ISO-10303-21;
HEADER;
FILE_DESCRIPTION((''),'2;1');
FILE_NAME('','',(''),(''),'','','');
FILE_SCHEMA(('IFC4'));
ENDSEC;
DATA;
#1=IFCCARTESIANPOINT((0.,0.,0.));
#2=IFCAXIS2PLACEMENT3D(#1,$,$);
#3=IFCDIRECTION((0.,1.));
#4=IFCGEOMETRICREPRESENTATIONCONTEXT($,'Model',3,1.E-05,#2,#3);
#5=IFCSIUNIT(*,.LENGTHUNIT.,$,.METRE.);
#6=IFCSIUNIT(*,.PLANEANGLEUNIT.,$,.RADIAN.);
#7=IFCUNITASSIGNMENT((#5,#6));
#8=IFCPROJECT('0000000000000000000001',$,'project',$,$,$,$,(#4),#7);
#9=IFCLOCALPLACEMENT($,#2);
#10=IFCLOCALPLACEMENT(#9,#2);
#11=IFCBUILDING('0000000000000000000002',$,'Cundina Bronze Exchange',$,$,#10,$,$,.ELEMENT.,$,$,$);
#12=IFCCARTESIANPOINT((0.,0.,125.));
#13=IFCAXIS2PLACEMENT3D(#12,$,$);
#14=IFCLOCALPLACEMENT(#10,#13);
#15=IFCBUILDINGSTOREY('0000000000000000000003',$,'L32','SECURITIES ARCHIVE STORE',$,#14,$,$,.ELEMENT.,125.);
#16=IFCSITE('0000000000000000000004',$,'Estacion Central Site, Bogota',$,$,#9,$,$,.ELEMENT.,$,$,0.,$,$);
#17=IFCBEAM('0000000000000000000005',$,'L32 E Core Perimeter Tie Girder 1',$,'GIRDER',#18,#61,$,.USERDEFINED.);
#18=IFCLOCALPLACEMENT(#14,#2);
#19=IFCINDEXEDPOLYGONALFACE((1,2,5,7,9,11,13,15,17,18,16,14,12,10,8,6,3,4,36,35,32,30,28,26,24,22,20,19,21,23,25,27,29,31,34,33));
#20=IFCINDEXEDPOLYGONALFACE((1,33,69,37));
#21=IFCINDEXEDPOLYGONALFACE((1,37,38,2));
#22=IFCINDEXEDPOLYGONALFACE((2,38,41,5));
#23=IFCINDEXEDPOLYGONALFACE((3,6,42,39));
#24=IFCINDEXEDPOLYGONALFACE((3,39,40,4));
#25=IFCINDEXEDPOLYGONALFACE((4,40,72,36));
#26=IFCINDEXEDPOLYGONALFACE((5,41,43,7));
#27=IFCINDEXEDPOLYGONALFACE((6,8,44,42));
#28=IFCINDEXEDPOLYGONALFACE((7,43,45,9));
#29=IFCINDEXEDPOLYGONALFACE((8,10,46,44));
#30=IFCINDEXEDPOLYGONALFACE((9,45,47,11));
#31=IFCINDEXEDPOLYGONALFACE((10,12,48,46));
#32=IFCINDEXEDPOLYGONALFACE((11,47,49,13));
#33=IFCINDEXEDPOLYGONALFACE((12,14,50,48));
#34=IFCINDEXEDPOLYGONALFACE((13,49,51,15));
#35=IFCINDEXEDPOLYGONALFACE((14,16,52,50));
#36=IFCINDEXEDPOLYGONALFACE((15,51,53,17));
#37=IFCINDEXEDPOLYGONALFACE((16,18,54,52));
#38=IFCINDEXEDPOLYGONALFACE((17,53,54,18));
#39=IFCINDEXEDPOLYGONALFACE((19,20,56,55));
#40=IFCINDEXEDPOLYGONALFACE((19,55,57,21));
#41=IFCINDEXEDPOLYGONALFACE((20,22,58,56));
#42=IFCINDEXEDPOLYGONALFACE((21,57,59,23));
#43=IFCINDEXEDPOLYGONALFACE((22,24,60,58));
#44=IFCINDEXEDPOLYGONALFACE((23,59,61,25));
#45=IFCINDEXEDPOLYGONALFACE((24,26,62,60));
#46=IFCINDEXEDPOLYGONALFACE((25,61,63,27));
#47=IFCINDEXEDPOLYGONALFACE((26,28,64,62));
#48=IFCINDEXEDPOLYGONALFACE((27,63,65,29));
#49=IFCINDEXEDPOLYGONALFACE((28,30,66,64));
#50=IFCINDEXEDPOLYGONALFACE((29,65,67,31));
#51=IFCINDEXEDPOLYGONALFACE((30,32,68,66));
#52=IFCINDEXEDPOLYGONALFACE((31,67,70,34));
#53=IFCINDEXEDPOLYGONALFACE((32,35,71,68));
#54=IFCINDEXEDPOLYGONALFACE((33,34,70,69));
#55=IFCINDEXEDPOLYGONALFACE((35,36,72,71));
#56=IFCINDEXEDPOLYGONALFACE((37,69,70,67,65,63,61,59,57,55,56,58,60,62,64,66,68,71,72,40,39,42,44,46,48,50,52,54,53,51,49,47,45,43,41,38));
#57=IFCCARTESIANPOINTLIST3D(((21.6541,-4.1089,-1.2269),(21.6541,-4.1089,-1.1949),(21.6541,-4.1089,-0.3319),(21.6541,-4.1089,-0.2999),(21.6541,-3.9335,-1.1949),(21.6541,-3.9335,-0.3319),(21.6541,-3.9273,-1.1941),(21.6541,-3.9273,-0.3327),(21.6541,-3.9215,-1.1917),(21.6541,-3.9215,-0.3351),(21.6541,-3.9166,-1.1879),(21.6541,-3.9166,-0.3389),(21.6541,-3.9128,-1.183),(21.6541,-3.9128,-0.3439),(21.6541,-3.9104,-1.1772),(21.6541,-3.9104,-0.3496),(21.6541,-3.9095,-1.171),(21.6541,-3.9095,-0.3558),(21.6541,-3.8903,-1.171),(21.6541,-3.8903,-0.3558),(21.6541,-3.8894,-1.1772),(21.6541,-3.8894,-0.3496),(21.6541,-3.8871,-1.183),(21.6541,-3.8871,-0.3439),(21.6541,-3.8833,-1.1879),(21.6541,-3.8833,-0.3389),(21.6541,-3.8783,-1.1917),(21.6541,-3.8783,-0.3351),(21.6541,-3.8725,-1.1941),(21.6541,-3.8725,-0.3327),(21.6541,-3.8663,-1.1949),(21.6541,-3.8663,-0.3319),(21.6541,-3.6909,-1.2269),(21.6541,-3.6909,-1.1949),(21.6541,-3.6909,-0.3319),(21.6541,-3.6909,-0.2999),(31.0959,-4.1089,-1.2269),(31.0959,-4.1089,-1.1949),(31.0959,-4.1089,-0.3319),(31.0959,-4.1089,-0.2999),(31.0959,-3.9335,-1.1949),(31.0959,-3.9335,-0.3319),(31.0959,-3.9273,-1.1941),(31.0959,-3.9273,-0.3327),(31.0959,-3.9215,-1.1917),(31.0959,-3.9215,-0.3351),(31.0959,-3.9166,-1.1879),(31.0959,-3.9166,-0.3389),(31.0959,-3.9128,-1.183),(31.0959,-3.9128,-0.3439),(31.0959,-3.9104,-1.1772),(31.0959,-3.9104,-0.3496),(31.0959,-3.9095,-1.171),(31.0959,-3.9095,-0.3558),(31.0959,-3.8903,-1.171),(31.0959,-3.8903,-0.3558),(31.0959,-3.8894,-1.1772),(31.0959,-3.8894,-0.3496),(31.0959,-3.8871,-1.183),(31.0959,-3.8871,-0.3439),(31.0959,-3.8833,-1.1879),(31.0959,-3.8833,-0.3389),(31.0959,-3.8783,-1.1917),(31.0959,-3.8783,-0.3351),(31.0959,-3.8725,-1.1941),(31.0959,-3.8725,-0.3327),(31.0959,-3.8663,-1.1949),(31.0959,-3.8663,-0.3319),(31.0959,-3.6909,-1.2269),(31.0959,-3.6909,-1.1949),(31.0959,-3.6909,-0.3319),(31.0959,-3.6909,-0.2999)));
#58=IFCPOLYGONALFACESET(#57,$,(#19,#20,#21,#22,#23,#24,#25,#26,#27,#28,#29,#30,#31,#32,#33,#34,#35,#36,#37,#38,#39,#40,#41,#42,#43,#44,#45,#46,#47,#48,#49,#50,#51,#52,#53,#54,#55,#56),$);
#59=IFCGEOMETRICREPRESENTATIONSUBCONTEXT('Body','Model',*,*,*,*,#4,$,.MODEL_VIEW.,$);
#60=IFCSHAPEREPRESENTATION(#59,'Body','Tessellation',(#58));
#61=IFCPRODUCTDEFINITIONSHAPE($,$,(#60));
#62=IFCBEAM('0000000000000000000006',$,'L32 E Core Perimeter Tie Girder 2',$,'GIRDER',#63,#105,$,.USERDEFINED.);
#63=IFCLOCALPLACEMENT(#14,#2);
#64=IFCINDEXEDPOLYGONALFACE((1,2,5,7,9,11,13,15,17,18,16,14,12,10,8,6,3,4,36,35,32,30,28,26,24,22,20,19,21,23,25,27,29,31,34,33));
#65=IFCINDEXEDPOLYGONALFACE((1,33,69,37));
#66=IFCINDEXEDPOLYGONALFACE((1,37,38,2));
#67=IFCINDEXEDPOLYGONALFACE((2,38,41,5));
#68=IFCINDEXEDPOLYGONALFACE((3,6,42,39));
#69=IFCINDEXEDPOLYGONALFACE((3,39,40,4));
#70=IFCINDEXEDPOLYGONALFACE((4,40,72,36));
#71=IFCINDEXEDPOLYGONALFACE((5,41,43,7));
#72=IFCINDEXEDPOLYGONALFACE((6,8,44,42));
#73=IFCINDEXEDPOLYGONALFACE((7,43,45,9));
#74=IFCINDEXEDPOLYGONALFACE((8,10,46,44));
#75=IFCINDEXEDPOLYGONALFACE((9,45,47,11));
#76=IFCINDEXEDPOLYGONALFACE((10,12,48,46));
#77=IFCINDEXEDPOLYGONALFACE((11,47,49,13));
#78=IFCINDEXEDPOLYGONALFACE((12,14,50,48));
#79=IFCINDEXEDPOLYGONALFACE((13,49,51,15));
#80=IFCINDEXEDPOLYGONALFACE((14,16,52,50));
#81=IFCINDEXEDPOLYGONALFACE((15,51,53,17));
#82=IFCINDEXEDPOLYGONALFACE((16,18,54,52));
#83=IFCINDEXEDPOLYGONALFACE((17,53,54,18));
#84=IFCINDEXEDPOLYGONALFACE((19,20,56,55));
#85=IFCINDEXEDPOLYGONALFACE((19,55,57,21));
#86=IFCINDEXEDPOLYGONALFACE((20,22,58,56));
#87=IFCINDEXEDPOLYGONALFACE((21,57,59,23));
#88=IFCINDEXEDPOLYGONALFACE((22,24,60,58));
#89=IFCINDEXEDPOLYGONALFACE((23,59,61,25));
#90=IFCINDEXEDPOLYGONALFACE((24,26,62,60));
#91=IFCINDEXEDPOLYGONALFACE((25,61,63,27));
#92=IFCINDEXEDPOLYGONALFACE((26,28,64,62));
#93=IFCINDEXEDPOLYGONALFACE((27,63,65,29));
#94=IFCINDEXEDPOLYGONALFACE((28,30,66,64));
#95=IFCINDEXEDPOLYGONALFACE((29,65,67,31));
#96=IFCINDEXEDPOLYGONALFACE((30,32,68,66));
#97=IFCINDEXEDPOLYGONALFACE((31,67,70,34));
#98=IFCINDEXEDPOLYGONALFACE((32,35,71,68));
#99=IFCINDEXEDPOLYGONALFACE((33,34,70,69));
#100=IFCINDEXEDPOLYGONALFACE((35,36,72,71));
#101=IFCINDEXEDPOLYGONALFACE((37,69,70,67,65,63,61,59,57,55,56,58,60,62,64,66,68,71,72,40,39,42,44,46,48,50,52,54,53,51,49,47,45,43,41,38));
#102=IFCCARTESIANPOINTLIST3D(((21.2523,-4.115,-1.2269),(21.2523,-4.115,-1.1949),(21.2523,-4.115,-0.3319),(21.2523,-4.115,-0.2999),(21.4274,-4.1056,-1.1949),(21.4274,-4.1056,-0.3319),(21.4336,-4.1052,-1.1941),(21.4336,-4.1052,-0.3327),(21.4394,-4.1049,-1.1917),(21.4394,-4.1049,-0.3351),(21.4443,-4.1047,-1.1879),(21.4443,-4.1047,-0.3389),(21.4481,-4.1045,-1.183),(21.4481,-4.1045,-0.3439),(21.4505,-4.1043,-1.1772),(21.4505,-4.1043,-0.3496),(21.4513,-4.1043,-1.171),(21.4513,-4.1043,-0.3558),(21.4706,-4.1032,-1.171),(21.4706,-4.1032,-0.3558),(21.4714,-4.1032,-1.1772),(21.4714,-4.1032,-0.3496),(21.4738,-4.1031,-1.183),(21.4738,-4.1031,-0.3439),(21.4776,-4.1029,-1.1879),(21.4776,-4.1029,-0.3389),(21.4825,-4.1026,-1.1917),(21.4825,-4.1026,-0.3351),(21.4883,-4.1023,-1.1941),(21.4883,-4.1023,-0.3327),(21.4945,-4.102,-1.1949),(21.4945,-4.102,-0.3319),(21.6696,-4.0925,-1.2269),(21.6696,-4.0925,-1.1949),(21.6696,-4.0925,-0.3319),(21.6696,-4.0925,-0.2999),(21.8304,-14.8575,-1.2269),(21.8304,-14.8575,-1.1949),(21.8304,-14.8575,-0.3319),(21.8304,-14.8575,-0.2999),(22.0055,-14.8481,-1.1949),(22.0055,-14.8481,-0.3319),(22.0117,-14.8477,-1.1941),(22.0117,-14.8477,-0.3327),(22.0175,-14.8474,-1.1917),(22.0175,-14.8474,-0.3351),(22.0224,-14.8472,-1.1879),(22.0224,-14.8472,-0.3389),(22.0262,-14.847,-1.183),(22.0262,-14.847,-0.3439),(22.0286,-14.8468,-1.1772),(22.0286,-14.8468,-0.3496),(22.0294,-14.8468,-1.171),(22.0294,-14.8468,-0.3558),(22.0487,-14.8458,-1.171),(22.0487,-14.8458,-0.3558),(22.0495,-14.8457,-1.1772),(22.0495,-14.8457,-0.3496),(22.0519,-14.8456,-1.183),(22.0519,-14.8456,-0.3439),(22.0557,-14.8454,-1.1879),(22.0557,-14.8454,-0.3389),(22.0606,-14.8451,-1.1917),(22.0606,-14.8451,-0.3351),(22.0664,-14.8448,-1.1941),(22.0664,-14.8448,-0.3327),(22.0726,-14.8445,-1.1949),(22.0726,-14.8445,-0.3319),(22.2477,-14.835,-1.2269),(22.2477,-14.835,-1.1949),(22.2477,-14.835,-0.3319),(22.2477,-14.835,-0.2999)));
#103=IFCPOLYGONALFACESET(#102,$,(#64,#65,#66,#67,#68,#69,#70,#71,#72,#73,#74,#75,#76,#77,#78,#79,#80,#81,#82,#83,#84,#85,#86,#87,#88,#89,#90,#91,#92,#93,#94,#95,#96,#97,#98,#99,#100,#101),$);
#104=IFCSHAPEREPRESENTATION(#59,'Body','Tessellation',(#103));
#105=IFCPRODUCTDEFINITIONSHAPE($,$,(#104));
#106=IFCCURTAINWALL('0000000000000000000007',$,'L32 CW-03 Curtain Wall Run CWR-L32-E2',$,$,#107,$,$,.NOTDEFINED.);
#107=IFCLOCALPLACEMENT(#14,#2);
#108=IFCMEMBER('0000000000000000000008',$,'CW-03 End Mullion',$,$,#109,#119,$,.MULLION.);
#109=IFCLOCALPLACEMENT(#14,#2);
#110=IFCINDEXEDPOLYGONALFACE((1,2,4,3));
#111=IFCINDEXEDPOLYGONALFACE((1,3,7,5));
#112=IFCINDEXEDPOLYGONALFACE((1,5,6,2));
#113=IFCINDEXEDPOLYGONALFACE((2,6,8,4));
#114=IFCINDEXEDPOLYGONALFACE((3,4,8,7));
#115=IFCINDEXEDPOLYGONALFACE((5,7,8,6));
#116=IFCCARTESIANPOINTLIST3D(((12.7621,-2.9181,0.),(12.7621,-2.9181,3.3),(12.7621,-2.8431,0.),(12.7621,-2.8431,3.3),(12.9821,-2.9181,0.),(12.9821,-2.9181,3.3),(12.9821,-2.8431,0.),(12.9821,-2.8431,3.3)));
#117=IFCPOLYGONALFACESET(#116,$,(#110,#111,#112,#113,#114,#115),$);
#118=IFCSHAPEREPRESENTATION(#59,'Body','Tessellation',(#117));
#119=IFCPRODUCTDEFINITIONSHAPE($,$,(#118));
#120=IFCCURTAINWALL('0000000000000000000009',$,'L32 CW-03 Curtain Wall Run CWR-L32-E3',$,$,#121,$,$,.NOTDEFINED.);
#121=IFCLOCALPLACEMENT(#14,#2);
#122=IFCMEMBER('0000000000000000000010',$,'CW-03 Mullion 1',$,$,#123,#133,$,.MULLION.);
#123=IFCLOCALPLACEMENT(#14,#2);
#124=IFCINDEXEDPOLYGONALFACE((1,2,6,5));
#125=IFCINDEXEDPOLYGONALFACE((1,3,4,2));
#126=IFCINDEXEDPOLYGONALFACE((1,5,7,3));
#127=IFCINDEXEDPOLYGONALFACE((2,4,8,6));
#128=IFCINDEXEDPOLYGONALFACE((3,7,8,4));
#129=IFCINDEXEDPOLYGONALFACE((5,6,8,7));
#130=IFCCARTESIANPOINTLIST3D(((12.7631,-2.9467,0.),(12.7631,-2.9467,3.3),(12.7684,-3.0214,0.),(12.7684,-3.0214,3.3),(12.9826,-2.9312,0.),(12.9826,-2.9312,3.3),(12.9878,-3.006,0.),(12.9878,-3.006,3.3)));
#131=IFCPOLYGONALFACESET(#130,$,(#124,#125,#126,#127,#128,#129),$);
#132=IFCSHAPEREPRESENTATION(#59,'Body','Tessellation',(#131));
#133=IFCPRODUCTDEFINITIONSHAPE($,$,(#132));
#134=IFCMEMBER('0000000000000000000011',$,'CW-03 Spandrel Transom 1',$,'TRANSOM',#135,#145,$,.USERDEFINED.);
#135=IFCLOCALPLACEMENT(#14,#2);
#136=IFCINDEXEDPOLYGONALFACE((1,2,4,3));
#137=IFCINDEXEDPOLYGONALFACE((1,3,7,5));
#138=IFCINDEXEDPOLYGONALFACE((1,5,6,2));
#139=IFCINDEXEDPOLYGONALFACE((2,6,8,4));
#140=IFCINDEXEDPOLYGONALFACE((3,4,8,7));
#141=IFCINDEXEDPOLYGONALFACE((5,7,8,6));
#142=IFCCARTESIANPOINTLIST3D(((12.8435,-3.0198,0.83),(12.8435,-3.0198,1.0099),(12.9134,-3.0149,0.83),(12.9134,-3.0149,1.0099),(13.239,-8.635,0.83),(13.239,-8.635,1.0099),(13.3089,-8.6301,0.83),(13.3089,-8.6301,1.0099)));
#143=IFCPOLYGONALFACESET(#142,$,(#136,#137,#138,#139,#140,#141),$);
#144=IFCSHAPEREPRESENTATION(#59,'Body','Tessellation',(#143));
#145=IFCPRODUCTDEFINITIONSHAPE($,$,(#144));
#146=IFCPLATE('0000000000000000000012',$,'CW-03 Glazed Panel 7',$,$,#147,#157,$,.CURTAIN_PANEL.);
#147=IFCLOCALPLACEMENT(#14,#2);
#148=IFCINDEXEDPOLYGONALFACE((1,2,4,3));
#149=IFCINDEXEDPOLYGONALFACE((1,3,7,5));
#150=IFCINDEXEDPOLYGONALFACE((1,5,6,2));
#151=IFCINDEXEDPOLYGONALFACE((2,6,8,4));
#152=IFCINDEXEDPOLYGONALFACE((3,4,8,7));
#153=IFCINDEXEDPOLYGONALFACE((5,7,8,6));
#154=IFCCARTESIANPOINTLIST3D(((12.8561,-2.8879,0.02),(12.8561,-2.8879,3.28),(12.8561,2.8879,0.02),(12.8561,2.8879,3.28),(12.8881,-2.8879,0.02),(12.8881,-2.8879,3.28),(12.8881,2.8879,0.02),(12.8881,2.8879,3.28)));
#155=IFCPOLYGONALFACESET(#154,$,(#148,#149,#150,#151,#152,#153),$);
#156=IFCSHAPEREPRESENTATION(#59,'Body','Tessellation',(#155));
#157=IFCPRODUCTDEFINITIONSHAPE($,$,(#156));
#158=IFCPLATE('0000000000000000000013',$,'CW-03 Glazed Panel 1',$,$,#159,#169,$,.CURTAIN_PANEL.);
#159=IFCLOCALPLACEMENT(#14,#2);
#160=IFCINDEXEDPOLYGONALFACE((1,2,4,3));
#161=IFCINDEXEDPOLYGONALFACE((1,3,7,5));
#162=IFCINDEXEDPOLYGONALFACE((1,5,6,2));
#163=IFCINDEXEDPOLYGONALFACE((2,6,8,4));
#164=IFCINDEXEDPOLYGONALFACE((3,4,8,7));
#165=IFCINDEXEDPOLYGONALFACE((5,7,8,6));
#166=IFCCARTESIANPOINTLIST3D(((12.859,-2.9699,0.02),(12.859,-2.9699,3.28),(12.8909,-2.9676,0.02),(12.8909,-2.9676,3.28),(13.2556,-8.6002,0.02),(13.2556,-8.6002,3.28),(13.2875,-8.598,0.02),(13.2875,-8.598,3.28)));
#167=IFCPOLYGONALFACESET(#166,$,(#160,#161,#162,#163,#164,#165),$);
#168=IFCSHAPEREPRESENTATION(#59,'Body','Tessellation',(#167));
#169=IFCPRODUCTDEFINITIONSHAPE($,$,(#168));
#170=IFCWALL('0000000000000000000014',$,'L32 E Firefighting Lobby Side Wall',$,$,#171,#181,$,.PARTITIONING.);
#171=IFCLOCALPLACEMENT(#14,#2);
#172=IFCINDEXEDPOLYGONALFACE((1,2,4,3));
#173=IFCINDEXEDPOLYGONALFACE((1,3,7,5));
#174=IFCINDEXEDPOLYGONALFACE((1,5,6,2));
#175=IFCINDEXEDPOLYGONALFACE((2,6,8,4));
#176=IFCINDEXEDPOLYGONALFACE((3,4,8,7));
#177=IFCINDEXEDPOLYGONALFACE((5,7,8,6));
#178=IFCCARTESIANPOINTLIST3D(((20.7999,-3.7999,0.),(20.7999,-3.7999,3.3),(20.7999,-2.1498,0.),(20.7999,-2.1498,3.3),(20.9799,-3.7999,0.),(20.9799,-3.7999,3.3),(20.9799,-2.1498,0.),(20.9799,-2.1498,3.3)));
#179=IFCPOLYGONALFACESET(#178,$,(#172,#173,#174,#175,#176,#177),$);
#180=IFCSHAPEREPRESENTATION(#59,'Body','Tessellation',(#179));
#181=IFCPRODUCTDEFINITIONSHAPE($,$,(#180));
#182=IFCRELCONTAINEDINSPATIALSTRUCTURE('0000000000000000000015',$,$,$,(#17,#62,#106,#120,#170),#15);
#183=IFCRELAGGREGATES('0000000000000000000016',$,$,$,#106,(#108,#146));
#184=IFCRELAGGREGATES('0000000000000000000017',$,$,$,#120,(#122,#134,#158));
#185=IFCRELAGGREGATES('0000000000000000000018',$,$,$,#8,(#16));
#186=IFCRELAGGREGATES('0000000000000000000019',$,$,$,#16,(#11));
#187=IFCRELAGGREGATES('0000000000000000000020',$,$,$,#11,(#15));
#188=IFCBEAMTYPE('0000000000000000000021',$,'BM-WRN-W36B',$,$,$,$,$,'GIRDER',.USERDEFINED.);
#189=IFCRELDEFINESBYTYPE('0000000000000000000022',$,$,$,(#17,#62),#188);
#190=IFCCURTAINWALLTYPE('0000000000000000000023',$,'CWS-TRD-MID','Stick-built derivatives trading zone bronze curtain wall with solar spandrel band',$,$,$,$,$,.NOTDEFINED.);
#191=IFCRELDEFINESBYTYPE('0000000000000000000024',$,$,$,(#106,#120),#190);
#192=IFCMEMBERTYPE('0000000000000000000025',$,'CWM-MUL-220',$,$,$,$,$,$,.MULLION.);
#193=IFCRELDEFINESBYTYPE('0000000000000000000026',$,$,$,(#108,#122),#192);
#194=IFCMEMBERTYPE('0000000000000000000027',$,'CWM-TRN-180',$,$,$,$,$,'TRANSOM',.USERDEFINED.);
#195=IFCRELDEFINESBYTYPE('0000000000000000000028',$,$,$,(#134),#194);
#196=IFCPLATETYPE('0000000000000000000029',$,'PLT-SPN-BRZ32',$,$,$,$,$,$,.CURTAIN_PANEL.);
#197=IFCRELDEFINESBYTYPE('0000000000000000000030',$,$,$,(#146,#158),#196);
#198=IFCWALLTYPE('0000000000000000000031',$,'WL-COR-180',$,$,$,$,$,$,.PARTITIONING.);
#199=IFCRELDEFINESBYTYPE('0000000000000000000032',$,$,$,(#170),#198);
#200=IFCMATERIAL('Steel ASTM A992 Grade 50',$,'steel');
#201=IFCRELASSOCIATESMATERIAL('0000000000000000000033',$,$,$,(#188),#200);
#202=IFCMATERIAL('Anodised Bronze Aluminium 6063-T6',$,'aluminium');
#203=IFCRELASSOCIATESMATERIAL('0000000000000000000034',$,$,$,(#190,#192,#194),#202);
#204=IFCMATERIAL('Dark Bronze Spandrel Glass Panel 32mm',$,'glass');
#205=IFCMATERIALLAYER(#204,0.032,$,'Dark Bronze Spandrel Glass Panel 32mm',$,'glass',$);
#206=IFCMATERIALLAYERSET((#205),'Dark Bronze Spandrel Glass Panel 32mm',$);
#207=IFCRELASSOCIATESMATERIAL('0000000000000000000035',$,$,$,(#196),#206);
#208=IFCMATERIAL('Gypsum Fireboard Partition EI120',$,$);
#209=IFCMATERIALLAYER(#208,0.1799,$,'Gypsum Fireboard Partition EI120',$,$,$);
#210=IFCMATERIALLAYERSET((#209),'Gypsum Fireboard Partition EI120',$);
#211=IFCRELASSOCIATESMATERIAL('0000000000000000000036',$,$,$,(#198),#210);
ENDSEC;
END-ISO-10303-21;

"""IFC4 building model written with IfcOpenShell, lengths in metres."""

from ifc_helpers import new_model, si_unit, direction, frame, frame_2d, origin, origin_2d, place, context, subcontext, project, spatial, rectangle, i_section, extrude, material, layer, layer_set, material_profile, profile_set, type_object, element, aggregate, save


model = new_model("IFC4")

# Units and contexts
model_context = context("Model", 3, precision=1e-05, world=origin(), true_north=direction((0.0, 1.0)))
body_context = subcontext(model_context, "Body", "Model", "MODEL_VIEW")
ifc_project = project(units=[si_unit("LENGTHUNIT", "METRE"), si_unit("PLANEANGLEUNIT", "RADIAN")], contexts=[model_context])

# Site, building, storey
site_placement = place(None, origin())
site = spatial("IfcSite", under=ifc_project, at=site_placement, Name="Estacion Central Site, Bogota", CompositionType="ELEMENT", RefElevation=0.0)
building_placement = place(site_placement, origin())
building = spatial("IfcBuilding", under=site, at=building_placement, Name="Cundina Bronze Exchange", CompositionType="ELEMENT")
storey_placement = place(building_placement, frame((0.0, 0.0, 125.0)))
storey = spatial("IfcBuildingStorey", under=building, at=storey_placement, Name="L32", Description="SECURITIES ARCHIVE STORE", CompositionType="ELEMENT", Elevation=125.0)

# Shared definitions
ifc_material_1 = material(Name="Steel ASTM A992 Grade 50", Category="steel")

# Beams
ifc_material_profile_1 = material_profile(ifc_material_1, i_section(OverallWidth=0.418, OverallDepth=0.927, WebThickness=0.0193, FlangeThickness=0.032, FilletRadius=0.0239, at=origin_2d()), Name="W36X231", Category="steel")
ifc_profile_set_1 = profile_set([ifc_material_profile_1], Name="Steel ASTM A992 Grade 50")
beam_type_1 = type_object("IfcBeamType", Name="BM-WRN-W36B", ElementType="GIRDER", PredefinedType="USERDEFINED", material=ifc_profile_set_1)
beam_1_placement = place(storey_placement, frame((31.0959, -3.8999, -0.7634), z_axis=(-1.0, 0.0, 0.0), x_axis=(0.0, -1.0, 0.0)))
element("IfcBeam", 1, at=beam_1_placement, inside=storey, type_object=beam_type_1, Name="L32 E Core Perimeter Tie Girder 1", ObjectType="GIRDER", PredefinedType="USERDEFINED", context=body_context, shape_type="SweptSolid", body=[
    extrude(i_section(OverallWidth=0.418, OverallDepth=0.927, WebThickness=0.0193, FlangeThickness=0.032, FilletRadius=0.0239, at=origin_2d()), origin(), (0.0, 0.0, 1.0), 9.4419),
])
beam_2_placement = place(storey_placement, frame((21.4609, -4.1038, -0.7634), z_axis=(0.053739, -0.998555, 0.0), x_axis=(0.998555, 0.053739, 0.0)))
element("IfcBeam", 2, at=beam_2_placement, inside=storey, type_object=beam_type_1, Name="L32 E Core Perimeter Tie Girder 2", ObjectType="GIRDER", PredefinedType="USERDEFINED", context=body_context, shape_type="SweptSolid", body=[
    extrude(i_section(OverallWidth=0.418, OverallDepth=0.927, WebThickness=0.0193, FlangeThickness=0.032, FilletRadius=0.0239, at=origin_2d()), origin(), (0.0, 0.0, 1.0), 10.7581),
])

# Curtain wall, member
ifc_material_2 = material(Name="Anodised Bronze Aluminium 6063-T6", Category="aluminium")
curtain_wall_type = type_object("IfcCurtainWallType", Name="CWS-TRD-MID", Description="Stick-built derivatives trading zone bronze curtain wall with solar spandrel band", PredefinedType="NOTDEFINED", material=ifc_material_2)
curtain_wall_1_placement = place(storey_placement, origin())
curtain_wall_1 = element("IfcCurtainWall", 3, at=curtain_wall_1_placement, inside=storey, type_object=curtain_wall_type, Name="L32 CW-03 Curtain Wall Run CWR-L32-E2", PredefinedType="NOTDEFINED")
ifc_material_profile_2 = material_profile(ifc_material_2, rectangle(XDim=0.075, YDim=0.22, at=origin_2d()), Name="AL75X220", Category="aluminium")
ifc_profile_set_2 = profile_set([ifc_material_profile_2], Name="Anodised Bronze Aluminium 6063-T6")
member_type_1 = type_object("IfcMemberType", Name="CWM-MUL-220", PredefinedType="MULLION", material=ifc_profile_set_2)
member_1_placement = place(storey_placement, frame((12.8721, -2.8806, 0.0), z_axis=(0.0, 0.0, 1.0), x_axis=(0.0, -1.0, 0.0)))
member_1 = element("IfcMember", 4, at=member_1_placement, type_object=member_type_1, Name="CW-03 End Mullion", PredefinedType="MULLION", context=body_context, shape_type="SweptSolid", body=[
    extrude(rectangle(XDim=0.075, YDim=0.22, at=origin_2d()), origin(), (0.0, 0.0, 1.0), 3.3),
])

# Curtain wall, members
curtain_wall_2_placement = place(storey_placement, origin())
curtain_wall_2 = element("IfcCurtainWall", 5, at=curtain_wall_2_placement, inside=storey, type_object=curtain_wall_type, Name="L32 CW-03 Curtain Wall Run CWR-L32-E3", PredefinedType="NOTDEFINED")
member_2_placement = place(storey_placement, frame((12.8755, -2.9763, 0.0), z_axis=(0.0, 0.0, 1.0), x_axis=(0.070279, -0.997527, 0.0)))
member_2 = element("IfcMember", 6, at=member_2_placement, type_object=member_type_1, Name="CW-03 Mullion 1", PredefinedType="MULLION", context=body_context, shape_type="SweptSolid", body=[
    extrude(rectangle(XDim=0.075, YDim=0.22, at=origin_2d()), origin(), (0.0, 0.0, 1.0), 3.3),
])
ifc_material_profile_3 = material_profile(ifc_material_2, rectangle(XDim=0.0701, YDim=0.1799, at=origin_2d()), Name="AL70X180", Category="aluminium")
ifc_profile_set_3 = profile_set([ifc_material_profile_3], Name="Anodised Bronze Aluminium 6063-T6")
member_type_2 = type_object("IfcMemberType", Name="CWM-TRN-180", ElementType="TRANSOM", PredefinedType="USERDEFINED", material=ifc_profile_set_3)
member_3_placement = place(storey_placement, frame((12.8784, -3.0173, 0.9199), z_axis=(0.070261, -0.997529, 0.0), x_axis=(0.997529, 0.070261, 0.0)))
member_3 = element("IfcMember", 7, at=member_3_placement, type_object=member_type_2, Name="CW-03 Spandrel Transom 1", ObjectType="TRANSOM", PredefinedType="USERDEFINED", context=body_context, shape_type="SweptSolid", body=[
    extrude(rectangle(XDim=0.0701, YDim=0.1799, at=origin_2d()), origin(), (0.0, 0.0, 1.0), 5.6292),
])

# Plates
ifc_material_3 = material(Name="Dark Bronze Spandrel Glass Panel 32mm", Category="glass")
ifc_layer_1 = layer(ifc_material_3, 0.032, Name="Dark Bronze Spandrel Glass Panel 32mm", Category="glass")
ifc_layer_set_1 = layer_set([ifc_layer_1], Name="Dark Bronze Spandrel Glass Panel 32mm")
plate_type = type_object("IfcPlateType", Name="PLT-SPN-BRZ32", PredefinedType="CURTAIN_PANEL", material=ifc_layer_set_1)
plate_1_placement = place(storey_placement, frame((12.8721, 0.0, 0.02), z_axis=(0.0, 0.0, 1.0), x_axis=(0.0, -1.0, 0.0)))
plate_1 = element("IfcPlate", 8, at=plate_1_placement, type_object=plate_type, Name="CW-03 Glazed Panel 7", PredefinedType="CURTAIN_PANEL", context=body_context, shape_type="SweptSolid", body=[
    extrude(rectangle(XDim=5.7759, YDim=0.032, at=origin_2d()), origin(), (0.0, 0.0, 1.0), 3.26),
])
aggregate(curtain_wall_1, [member_1, plate_1])
plate_2_placement = place(storey_placement, frame((13.0732, -5.7839, 0.02), z_axis=(0.0, 0.0, 1.0), x_axis=(0.070279, -0.997527, 0.0)))
plate_2 = element("IfcPlate", 9, at=plate_2_placement, type_object=plate_type, Name="CW-03 Glazed Panel 1", PredefinedType="CURTAIN_PANEL", context=body_context, shape_type="SweptSolid", body=[
    extrude(rectangle(XDim=5.6443, YDim=0.032, at=origin_2d()), origin(), (0.0, 0.0, 1.0), 3.26),
])
aggregate(curtain_wall_2, [member_2, member_3, plate_2])

# Wall
ifc_material_4 = material(Name="Gypsum Fireboard Partition EI120")
ifc_layer_2 = layer(ifc_material_4, 0.1799, Name="Gypsum Fireboard Partition EI120")
ifc_layer_set_2 = layer_set([ifc_layer_2], Name="Gypsum Fireboard Partition EI120")
wall_type_1 = type_object("IfcWallType", Name="WL-COR-180", PredefinedType="PARTITIONING", material=ifc_layer_set_2)
wall_1_placement = place(storey_placement, frame((20.8899, -3.8, 0.0), z_axis=(0.0, 0.0, 1.0), x_axis=(0.0, 1.0, 0.0)))
element("IfcWall", 10, at=wall_1_placement, inside=storey, type_object=wall_type_1, Name="L32 E Firefighting Lobby Side Wall", PredefinedType="PARTITIONING", context=body_context, shape_type="SweptSolid", body=[
    extrude(rectangle(XDim=1.6501, YDim=0.1799, at=frame_2d((0.8252, 0.0))), origin(), (0.0, 0.0, 1.0), 3.3),
])

save(model, "model.ifc")
